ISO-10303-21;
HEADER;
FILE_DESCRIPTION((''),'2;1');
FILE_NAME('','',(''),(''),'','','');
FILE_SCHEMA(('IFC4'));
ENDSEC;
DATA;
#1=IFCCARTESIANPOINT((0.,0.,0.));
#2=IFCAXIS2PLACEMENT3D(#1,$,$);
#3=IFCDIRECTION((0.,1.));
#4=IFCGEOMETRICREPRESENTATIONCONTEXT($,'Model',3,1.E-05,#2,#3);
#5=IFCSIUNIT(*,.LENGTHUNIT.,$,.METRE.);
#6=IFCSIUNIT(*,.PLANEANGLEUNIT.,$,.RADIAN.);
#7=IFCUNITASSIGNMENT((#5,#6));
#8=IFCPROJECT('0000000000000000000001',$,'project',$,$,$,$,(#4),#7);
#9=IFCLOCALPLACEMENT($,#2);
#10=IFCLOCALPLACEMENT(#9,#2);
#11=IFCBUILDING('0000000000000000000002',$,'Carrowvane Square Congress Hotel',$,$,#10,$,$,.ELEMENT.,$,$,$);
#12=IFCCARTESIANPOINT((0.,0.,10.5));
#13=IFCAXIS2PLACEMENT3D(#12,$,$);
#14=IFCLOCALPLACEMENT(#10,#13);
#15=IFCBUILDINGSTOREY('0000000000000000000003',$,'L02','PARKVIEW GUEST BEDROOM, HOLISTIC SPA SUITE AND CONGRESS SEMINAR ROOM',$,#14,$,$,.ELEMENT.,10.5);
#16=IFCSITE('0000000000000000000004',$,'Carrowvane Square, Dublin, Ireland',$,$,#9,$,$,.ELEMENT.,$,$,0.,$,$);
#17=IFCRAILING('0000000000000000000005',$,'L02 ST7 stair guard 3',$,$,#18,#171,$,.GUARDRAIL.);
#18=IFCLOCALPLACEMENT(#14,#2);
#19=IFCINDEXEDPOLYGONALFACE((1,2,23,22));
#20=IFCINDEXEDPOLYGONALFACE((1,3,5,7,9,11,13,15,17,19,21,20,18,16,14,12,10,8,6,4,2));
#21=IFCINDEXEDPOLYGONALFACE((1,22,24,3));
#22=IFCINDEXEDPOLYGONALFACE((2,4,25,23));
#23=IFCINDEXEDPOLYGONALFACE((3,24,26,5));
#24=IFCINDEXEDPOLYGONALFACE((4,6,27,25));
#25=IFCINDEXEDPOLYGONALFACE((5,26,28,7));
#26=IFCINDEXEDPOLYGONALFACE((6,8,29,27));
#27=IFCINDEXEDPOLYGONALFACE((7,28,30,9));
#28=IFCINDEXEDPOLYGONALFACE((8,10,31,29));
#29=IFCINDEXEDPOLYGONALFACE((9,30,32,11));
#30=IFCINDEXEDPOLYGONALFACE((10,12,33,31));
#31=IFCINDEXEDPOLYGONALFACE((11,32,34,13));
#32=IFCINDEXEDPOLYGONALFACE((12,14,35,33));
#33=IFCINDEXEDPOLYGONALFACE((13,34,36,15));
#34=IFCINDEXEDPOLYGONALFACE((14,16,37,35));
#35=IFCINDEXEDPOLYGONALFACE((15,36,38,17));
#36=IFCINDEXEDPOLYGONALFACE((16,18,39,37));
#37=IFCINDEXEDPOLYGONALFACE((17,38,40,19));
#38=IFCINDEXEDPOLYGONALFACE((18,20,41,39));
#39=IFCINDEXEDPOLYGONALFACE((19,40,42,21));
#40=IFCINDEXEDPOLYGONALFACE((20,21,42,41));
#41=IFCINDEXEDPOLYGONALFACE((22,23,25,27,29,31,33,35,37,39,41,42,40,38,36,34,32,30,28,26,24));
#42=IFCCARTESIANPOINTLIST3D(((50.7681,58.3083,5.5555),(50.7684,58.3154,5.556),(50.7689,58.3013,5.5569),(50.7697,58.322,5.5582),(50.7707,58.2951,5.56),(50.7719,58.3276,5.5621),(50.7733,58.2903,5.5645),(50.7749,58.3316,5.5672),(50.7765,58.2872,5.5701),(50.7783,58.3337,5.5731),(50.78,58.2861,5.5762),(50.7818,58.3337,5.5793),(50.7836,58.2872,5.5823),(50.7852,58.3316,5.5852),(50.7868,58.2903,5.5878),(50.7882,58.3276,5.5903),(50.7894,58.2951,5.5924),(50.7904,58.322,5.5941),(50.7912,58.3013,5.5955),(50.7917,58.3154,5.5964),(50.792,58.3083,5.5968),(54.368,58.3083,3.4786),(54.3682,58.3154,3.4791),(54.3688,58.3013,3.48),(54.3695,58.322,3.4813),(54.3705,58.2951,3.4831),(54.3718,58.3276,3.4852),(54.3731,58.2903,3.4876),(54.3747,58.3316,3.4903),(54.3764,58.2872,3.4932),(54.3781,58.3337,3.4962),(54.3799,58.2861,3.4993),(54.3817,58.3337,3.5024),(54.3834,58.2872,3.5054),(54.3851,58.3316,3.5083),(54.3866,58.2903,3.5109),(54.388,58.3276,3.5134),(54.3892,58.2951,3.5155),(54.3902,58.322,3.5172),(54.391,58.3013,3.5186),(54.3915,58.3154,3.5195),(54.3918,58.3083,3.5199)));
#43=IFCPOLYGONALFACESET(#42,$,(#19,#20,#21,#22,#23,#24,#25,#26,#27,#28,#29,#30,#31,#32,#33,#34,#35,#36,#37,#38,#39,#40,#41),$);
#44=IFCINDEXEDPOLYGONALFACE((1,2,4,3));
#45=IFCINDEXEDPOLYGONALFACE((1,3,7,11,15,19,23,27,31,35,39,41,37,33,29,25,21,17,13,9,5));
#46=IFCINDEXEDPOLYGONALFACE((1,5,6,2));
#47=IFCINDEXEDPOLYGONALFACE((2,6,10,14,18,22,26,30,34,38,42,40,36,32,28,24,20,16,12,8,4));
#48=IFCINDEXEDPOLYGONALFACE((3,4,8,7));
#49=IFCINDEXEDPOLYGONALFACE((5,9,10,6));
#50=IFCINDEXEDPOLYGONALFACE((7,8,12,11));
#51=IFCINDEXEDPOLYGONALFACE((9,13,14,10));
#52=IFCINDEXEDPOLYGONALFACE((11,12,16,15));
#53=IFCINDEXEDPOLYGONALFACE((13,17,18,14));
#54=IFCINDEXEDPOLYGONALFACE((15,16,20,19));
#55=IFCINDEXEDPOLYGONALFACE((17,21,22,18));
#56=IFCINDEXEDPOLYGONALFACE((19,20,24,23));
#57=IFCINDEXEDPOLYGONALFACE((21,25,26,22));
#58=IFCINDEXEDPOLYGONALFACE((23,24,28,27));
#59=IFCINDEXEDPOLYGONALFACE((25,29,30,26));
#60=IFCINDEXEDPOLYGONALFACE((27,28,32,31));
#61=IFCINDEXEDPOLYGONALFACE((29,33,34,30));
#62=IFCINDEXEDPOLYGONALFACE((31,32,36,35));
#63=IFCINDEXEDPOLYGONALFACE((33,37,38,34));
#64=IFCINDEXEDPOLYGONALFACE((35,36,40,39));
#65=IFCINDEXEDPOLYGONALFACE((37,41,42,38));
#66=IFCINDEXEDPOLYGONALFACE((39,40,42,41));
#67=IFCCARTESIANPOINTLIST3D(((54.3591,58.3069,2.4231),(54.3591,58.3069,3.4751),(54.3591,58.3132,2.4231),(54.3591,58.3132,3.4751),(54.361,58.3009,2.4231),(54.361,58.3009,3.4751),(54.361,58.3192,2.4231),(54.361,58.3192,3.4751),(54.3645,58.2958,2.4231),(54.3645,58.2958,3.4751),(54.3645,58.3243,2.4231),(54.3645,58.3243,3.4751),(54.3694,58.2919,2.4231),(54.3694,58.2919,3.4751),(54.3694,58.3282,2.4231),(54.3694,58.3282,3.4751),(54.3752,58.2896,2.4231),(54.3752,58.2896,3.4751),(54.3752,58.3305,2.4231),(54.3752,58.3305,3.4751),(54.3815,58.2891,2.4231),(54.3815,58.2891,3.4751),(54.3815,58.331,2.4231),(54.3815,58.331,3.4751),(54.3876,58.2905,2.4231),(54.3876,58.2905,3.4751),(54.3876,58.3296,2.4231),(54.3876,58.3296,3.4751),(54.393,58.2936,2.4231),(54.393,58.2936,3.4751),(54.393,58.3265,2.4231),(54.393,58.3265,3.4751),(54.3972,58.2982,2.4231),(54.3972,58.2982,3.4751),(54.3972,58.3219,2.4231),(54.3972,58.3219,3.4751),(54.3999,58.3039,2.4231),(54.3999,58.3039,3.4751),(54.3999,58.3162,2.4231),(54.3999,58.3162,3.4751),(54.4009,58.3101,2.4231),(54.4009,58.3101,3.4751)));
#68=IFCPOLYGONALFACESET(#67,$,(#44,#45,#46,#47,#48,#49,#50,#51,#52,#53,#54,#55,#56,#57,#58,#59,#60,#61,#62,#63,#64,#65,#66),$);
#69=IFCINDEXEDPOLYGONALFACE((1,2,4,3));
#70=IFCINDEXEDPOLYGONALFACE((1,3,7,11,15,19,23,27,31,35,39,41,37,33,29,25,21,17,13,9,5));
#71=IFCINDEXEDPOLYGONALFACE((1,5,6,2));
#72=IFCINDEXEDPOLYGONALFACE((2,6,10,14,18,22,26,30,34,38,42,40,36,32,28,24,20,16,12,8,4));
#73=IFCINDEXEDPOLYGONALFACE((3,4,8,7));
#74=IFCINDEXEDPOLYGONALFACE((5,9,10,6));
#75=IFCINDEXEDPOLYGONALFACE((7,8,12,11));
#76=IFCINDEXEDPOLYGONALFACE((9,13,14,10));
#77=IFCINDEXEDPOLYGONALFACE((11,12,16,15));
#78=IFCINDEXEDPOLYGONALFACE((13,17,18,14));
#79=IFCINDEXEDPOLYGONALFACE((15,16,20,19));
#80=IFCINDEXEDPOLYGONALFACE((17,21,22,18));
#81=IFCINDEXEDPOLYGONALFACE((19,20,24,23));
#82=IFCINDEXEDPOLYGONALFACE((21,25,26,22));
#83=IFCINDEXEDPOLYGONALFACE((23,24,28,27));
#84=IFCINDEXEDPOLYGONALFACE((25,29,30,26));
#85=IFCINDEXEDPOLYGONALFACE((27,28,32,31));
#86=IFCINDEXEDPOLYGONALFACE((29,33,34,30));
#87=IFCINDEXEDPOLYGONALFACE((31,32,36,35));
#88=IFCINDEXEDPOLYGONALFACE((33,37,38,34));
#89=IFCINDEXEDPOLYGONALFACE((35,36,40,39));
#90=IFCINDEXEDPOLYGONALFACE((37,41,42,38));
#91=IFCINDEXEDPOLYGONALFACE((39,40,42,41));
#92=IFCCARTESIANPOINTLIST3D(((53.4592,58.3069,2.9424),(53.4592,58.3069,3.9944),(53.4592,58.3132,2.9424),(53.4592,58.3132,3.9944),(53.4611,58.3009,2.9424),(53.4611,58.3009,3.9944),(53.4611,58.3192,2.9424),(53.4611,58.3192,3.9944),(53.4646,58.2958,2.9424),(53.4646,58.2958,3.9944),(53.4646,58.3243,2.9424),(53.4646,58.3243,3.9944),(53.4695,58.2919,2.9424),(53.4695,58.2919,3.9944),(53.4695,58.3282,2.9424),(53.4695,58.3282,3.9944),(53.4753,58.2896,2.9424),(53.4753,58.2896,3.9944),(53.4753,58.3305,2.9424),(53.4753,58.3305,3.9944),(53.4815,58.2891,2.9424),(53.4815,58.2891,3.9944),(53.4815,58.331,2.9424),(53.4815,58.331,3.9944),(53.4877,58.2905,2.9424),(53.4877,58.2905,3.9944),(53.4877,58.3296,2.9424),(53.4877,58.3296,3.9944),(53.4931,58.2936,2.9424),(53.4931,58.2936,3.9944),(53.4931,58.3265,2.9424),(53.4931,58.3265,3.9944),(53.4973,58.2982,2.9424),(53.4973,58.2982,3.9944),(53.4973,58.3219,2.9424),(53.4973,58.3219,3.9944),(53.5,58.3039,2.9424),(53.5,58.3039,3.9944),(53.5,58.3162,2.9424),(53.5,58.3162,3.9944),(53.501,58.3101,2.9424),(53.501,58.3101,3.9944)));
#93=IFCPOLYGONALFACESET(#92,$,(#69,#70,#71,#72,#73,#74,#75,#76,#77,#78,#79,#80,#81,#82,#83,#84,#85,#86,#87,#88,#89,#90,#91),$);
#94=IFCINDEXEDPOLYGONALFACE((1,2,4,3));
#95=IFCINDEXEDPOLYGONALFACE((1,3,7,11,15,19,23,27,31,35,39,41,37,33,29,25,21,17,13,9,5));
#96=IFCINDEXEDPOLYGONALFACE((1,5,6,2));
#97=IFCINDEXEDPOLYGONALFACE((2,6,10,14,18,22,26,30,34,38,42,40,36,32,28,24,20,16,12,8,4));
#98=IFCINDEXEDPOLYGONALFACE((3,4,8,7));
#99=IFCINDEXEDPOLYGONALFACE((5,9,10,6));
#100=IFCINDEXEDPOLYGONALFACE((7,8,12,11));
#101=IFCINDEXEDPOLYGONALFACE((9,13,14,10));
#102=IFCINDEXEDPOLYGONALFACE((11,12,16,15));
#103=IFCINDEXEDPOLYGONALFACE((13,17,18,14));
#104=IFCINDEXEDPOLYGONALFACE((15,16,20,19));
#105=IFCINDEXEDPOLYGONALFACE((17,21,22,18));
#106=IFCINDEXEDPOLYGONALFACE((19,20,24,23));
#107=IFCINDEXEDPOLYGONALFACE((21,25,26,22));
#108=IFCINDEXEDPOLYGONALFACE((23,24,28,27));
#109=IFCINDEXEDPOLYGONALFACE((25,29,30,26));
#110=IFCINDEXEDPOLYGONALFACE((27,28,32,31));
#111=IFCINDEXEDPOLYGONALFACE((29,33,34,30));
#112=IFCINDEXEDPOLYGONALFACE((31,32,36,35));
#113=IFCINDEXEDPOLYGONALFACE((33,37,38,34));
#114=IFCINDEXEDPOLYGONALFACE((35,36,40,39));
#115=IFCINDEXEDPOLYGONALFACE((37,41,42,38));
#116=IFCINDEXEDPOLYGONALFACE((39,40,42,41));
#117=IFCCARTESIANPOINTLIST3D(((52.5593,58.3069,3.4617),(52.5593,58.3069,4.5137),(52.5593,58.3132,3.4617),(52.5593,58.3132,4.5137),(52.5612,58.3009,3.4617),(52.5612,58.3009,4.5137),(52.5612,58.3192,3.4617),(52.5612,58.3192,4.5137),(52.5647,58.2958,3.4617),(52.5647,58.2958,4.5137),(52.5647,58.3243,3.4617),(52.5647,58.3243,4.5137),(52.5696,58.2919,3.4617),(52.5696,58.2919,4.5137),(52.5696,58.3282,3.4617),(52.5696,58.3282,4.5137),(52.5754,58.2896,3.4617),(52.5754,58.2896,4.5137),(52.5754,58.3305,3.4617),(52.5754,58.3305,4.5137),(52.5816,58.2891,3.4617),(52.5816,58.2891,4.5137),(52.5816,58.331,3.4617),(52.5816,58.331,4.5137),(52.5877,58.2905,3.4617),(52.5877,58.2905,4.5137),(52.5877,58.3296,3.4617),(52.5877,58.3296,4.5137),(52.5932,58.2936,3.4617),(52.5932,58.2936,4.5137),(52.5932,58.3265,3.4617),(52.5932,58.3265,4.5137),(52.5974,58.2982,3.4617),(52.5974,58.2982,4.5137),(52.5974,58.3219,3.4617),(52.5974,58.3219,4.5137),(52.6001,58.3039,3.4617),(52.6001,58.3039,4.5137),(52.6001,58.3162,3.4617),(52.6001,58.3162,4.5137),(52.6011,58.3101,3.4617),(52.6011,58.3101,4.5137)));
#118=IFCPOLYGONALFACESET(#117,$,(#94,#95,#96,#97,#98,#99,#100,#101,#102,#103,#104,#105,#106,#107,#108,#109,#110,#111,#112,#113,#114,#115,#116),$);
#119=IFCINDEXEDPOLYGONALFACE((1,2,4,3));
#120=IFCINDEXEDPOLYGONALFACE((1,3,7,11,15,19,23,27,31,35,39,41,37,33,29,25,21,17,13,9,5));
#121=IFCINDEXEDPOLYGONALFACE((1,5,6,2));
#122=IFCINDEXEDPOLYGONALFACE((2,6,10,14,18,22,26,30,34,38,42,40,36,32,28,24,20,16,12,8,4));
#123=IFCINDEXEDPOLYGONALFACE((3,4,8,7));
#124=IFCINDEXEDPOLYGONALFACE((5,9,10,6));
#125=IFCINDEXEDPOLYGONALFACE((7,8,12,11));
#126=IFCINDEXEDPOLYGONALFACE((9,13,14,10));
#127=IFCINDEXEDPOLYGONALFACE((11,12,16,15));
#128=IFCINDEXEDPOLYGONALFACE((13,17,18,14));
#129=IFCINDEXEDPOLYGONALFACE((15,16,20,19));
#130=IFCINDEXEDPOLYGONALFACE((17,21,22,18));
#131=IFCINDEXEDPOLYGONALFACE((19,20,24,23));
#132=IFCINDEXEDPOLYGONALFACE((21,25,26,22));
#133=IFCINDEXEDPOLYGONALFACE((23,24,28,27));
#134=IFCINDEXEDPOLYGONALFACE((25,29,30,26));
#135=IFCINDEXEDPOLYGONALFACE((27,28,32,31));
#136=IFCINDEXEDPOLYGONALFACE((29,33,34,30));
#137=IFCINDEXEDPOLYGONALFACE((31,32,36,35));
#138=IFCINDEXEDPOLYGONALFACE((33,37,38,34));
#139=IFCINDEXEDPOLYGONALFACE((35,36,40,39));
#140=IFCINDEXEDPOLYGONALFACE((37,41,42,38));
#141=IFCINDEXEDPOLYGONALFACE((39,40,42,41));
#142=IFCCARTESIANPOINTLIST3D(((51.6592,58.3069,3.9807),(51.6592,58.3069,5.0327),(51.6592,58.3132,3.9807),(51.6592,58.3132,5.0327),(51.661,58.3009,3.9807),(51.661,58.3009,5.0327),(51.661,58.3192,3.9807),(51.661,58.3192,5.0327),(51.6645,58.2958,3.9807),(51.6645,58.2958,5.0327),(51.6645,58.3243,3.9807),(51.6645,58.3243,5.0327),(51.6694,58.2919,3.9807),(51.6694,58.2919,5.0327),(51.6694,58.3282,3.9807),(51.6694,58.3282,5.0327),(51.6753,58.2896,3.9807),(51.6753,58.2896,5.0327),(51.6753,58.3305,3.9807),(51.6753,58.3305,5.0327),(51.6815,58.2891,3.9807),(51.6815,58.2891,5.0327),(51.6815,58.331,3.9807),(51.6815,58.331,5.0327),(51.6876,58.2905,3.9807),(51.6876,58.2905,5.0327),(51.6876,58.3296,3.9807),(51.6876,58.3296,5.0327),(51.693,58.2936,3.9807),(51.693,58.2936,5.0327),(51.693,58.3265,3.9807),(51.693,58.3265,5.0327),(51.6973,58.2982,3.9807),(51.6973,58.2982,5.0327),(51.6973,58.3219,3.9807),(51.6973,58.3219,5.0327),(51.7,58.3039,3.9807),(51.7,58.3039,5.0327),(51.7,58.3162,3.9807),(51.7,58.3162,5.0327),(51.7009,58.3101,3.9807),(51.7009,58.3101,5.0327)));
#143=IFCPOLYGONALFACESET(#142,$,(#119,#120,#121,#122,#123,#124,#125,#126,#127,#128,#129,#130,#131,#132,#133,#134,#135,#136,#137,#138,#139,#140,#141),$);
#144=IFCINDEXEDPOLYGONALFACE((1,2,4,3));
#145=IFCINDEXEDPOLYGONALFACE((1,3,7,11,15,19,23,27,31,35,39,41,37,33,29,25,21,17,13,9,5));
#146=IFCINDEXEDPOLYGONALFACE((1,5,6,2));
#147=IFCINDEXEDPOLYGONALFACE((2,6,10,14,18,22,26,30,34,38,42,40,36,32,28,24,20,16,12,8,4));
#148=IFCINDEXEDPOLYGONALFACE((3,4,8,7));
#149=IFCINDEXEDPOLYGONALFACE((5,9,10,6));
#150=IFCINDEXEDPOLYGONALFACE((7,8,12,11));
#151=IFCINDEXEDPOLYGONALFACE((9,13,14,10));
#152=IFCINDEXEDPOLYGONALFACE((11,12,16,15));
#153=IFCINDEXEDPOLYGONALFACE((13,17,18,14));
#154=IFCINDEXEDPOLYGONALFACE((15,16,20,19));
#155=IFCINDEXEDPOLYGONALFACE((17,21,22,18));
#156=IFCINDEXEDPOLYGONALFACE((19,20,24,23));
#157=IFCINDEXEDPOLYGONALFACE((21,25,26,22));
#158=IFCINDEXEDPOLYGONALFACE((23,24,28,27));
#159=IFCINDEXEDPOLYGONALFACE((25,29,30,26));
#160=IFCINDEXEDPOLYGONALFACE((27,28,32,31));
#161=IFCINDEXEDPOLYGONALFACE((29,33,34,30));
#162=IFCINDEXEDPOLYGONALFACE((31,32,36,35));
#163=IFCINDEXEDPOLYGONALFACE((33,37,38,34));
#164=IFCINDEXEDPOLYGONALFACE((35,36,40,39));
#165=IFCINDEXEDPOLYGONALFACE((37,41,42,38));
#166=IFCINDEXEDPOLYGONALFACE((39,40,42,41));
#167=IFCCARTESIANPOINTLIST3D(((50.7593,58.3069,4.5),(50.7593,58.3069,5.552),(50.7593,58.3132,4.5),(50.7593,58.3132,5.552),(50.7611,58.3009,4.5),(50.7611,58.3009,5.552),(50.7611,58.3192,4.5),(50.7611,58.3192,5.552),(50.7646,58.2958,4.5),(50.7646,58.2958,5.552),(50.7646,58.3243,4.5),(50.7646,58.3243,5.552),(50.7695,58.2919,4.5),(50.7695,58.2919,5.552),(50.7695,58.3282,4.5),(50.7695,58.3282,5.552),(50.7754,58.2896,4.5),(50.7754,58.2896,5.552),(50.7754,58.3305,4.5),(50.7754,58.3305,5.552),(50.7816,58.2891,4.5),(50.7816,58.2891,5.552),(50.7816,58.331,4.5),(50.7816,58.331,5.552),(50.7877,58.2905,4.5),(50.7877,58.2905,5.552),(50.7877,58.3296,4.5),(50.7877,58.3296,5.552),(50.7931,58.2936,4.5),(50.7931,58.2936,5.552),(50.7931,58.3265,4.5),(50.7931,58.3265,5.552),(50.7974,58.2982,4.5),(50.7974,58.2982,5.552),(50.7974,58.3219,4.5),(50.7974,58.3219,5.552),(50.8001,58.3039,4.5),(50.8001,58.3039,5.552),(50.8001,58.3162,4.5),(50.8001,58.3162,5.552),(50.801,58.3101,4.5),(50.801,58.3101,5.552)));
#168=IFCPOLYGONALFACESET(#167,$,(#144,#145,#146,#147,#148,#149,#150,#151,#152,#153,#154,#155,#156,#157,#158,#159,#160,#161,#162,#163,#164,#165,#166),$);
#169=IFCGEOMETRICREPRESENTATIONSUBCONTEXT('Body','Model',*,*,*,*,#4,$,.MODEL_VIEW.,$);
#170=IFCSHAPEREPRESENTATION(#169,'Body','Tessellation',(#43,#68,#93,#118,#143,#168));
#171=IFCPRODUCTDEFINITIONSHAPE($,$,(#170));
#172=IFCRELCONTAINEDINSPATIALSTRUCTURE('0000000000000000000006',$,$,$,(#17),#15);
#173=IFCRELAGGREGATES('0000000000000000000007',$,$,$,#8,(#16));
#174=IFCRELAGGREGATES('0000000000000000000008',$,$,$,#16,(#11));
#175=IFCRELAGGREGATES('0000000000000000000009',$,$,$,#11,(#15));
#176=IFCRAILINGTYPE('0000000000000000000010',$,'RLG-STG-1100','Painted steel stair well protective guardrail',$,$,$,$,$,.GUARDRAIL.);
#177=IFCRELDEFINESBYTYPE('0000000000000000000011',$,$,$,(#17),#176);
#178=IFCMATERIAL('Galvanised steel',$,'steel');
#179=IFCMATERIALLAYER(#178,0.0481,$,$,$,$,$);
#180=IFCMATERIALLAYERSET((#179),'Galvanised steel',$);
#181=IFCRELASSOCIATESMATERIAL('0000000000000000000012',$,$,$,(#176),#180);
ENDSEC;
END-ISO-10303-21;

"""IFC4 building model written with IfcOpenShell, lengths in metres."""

from ifc_helpers import new_model, si_unit, direction, frame, origin, origin_2d, place, context, subcontext, project, spatial, circle, extrude, material, layer, layer_set, type_object, element, save


model = new_model("IFC4")

# Units and contexts
model_context = context("Model", 3, precision=1e-05, world=origin(), true_north=direction((0.0, 1.0)))
body_context = subcontext(model_context, "Body", "Model", "MODEL_VIEW")
ifc_project = project(units=[si_unit("LENGTHUNIT", "METRE"), si_unit("PLANEANGLEUNIT", "RADIAN")], contexts=[model_context])

# Site, building, storey
site_placement = place(None, origin())
site = spatial("IfcSite", under=ifc_project, at=site_placement, Name="Carrowvane Square, Dublin, Ireland", CompositionType="ELEMENT", RefElevation=0.0)
building_placement = place(site_placement, origin())
building = spatial("IfcBuilding", under=site, at=building_placement, Name="Carrowvane Square Congress Hotel", CompositionType="ELEMENT")
storey_placement = place(building_placement, frame((0.0, 0.0, 10.5)))
storey = spatial("IfcBuildingStorey", under=building, at=storey_placement, Name="L02", Description="PARKVIEW GUEST BEDROOM, HOLISTIC SPA SUITE AND CONGRESS SEMINAR ROOM", CompositionType="ELEMENT", Elevation=10.5)

# Railing
ifc_material_1 = material(Name="Galvanised steel", Category="steel")
ifc_layer_1 = layer(ifc_material_1, 0.0481)
ifc_layer_set_1 = layer_set([ifc_layer_1], Name="Galvanised steel")
railing_type_1 = type_object("IfcRailingType", Name="RLG-STG-1100", Description="Painted steel stair well protective guardrail", PredefinedType="GUARDRAIL", material=ifc_layer_set_1)
railing_1_placement = place(storey_placement, frame((54.3799, 58.3101, 2.4231)))
element("IfcRailing", 1, at=railing_1_placement, inside=storey, type_object=railing_type_1, Name="L02 ST7 stair guard 3", PredefinedType="GUARDRAIL", context=body_context, shape_type="SweptSolid", body=[
    extrude(circle(Radius=0.0239, at=origin_2d()), frame((0.0, 0.0, 1.0762), z_axis=(-0.866179, 0.0, 0.499734), x_axis=(0.0, -1.0, 0.0)), (0.0, 0.0, 1.0), 4.156),
    extrude(circle(Radius=0.021, at=origin_2d()), origin(), (0.0, 0.0, 1.0), 1.052),
    extrude(circle(Radius=0.021, at=origin_2d()), frame((-0.8999, 0.0, 0.5193)), (0.0, 0.0, 1.0), 1.052),
    extrude(circle(Radius=0.021, at=origin_2d()), frame((-1.7998, 0.0, 1.0386)), (0.0, 0.0, 1.0), 1.052),
    extrude(circle(Radius=0.021, at=origin_2d()), frame((-2.7, 0.0, 1.5576)), (0.0, 0.0, 1.0), 1.052),
    extrude(circle(Radius=0.021, at=origin_2d()), frame((-3.5999, 0.0, 2.0769)), (0.0, 0.0, 1.0), 1.052),
])

save(model, "model.ifc")
